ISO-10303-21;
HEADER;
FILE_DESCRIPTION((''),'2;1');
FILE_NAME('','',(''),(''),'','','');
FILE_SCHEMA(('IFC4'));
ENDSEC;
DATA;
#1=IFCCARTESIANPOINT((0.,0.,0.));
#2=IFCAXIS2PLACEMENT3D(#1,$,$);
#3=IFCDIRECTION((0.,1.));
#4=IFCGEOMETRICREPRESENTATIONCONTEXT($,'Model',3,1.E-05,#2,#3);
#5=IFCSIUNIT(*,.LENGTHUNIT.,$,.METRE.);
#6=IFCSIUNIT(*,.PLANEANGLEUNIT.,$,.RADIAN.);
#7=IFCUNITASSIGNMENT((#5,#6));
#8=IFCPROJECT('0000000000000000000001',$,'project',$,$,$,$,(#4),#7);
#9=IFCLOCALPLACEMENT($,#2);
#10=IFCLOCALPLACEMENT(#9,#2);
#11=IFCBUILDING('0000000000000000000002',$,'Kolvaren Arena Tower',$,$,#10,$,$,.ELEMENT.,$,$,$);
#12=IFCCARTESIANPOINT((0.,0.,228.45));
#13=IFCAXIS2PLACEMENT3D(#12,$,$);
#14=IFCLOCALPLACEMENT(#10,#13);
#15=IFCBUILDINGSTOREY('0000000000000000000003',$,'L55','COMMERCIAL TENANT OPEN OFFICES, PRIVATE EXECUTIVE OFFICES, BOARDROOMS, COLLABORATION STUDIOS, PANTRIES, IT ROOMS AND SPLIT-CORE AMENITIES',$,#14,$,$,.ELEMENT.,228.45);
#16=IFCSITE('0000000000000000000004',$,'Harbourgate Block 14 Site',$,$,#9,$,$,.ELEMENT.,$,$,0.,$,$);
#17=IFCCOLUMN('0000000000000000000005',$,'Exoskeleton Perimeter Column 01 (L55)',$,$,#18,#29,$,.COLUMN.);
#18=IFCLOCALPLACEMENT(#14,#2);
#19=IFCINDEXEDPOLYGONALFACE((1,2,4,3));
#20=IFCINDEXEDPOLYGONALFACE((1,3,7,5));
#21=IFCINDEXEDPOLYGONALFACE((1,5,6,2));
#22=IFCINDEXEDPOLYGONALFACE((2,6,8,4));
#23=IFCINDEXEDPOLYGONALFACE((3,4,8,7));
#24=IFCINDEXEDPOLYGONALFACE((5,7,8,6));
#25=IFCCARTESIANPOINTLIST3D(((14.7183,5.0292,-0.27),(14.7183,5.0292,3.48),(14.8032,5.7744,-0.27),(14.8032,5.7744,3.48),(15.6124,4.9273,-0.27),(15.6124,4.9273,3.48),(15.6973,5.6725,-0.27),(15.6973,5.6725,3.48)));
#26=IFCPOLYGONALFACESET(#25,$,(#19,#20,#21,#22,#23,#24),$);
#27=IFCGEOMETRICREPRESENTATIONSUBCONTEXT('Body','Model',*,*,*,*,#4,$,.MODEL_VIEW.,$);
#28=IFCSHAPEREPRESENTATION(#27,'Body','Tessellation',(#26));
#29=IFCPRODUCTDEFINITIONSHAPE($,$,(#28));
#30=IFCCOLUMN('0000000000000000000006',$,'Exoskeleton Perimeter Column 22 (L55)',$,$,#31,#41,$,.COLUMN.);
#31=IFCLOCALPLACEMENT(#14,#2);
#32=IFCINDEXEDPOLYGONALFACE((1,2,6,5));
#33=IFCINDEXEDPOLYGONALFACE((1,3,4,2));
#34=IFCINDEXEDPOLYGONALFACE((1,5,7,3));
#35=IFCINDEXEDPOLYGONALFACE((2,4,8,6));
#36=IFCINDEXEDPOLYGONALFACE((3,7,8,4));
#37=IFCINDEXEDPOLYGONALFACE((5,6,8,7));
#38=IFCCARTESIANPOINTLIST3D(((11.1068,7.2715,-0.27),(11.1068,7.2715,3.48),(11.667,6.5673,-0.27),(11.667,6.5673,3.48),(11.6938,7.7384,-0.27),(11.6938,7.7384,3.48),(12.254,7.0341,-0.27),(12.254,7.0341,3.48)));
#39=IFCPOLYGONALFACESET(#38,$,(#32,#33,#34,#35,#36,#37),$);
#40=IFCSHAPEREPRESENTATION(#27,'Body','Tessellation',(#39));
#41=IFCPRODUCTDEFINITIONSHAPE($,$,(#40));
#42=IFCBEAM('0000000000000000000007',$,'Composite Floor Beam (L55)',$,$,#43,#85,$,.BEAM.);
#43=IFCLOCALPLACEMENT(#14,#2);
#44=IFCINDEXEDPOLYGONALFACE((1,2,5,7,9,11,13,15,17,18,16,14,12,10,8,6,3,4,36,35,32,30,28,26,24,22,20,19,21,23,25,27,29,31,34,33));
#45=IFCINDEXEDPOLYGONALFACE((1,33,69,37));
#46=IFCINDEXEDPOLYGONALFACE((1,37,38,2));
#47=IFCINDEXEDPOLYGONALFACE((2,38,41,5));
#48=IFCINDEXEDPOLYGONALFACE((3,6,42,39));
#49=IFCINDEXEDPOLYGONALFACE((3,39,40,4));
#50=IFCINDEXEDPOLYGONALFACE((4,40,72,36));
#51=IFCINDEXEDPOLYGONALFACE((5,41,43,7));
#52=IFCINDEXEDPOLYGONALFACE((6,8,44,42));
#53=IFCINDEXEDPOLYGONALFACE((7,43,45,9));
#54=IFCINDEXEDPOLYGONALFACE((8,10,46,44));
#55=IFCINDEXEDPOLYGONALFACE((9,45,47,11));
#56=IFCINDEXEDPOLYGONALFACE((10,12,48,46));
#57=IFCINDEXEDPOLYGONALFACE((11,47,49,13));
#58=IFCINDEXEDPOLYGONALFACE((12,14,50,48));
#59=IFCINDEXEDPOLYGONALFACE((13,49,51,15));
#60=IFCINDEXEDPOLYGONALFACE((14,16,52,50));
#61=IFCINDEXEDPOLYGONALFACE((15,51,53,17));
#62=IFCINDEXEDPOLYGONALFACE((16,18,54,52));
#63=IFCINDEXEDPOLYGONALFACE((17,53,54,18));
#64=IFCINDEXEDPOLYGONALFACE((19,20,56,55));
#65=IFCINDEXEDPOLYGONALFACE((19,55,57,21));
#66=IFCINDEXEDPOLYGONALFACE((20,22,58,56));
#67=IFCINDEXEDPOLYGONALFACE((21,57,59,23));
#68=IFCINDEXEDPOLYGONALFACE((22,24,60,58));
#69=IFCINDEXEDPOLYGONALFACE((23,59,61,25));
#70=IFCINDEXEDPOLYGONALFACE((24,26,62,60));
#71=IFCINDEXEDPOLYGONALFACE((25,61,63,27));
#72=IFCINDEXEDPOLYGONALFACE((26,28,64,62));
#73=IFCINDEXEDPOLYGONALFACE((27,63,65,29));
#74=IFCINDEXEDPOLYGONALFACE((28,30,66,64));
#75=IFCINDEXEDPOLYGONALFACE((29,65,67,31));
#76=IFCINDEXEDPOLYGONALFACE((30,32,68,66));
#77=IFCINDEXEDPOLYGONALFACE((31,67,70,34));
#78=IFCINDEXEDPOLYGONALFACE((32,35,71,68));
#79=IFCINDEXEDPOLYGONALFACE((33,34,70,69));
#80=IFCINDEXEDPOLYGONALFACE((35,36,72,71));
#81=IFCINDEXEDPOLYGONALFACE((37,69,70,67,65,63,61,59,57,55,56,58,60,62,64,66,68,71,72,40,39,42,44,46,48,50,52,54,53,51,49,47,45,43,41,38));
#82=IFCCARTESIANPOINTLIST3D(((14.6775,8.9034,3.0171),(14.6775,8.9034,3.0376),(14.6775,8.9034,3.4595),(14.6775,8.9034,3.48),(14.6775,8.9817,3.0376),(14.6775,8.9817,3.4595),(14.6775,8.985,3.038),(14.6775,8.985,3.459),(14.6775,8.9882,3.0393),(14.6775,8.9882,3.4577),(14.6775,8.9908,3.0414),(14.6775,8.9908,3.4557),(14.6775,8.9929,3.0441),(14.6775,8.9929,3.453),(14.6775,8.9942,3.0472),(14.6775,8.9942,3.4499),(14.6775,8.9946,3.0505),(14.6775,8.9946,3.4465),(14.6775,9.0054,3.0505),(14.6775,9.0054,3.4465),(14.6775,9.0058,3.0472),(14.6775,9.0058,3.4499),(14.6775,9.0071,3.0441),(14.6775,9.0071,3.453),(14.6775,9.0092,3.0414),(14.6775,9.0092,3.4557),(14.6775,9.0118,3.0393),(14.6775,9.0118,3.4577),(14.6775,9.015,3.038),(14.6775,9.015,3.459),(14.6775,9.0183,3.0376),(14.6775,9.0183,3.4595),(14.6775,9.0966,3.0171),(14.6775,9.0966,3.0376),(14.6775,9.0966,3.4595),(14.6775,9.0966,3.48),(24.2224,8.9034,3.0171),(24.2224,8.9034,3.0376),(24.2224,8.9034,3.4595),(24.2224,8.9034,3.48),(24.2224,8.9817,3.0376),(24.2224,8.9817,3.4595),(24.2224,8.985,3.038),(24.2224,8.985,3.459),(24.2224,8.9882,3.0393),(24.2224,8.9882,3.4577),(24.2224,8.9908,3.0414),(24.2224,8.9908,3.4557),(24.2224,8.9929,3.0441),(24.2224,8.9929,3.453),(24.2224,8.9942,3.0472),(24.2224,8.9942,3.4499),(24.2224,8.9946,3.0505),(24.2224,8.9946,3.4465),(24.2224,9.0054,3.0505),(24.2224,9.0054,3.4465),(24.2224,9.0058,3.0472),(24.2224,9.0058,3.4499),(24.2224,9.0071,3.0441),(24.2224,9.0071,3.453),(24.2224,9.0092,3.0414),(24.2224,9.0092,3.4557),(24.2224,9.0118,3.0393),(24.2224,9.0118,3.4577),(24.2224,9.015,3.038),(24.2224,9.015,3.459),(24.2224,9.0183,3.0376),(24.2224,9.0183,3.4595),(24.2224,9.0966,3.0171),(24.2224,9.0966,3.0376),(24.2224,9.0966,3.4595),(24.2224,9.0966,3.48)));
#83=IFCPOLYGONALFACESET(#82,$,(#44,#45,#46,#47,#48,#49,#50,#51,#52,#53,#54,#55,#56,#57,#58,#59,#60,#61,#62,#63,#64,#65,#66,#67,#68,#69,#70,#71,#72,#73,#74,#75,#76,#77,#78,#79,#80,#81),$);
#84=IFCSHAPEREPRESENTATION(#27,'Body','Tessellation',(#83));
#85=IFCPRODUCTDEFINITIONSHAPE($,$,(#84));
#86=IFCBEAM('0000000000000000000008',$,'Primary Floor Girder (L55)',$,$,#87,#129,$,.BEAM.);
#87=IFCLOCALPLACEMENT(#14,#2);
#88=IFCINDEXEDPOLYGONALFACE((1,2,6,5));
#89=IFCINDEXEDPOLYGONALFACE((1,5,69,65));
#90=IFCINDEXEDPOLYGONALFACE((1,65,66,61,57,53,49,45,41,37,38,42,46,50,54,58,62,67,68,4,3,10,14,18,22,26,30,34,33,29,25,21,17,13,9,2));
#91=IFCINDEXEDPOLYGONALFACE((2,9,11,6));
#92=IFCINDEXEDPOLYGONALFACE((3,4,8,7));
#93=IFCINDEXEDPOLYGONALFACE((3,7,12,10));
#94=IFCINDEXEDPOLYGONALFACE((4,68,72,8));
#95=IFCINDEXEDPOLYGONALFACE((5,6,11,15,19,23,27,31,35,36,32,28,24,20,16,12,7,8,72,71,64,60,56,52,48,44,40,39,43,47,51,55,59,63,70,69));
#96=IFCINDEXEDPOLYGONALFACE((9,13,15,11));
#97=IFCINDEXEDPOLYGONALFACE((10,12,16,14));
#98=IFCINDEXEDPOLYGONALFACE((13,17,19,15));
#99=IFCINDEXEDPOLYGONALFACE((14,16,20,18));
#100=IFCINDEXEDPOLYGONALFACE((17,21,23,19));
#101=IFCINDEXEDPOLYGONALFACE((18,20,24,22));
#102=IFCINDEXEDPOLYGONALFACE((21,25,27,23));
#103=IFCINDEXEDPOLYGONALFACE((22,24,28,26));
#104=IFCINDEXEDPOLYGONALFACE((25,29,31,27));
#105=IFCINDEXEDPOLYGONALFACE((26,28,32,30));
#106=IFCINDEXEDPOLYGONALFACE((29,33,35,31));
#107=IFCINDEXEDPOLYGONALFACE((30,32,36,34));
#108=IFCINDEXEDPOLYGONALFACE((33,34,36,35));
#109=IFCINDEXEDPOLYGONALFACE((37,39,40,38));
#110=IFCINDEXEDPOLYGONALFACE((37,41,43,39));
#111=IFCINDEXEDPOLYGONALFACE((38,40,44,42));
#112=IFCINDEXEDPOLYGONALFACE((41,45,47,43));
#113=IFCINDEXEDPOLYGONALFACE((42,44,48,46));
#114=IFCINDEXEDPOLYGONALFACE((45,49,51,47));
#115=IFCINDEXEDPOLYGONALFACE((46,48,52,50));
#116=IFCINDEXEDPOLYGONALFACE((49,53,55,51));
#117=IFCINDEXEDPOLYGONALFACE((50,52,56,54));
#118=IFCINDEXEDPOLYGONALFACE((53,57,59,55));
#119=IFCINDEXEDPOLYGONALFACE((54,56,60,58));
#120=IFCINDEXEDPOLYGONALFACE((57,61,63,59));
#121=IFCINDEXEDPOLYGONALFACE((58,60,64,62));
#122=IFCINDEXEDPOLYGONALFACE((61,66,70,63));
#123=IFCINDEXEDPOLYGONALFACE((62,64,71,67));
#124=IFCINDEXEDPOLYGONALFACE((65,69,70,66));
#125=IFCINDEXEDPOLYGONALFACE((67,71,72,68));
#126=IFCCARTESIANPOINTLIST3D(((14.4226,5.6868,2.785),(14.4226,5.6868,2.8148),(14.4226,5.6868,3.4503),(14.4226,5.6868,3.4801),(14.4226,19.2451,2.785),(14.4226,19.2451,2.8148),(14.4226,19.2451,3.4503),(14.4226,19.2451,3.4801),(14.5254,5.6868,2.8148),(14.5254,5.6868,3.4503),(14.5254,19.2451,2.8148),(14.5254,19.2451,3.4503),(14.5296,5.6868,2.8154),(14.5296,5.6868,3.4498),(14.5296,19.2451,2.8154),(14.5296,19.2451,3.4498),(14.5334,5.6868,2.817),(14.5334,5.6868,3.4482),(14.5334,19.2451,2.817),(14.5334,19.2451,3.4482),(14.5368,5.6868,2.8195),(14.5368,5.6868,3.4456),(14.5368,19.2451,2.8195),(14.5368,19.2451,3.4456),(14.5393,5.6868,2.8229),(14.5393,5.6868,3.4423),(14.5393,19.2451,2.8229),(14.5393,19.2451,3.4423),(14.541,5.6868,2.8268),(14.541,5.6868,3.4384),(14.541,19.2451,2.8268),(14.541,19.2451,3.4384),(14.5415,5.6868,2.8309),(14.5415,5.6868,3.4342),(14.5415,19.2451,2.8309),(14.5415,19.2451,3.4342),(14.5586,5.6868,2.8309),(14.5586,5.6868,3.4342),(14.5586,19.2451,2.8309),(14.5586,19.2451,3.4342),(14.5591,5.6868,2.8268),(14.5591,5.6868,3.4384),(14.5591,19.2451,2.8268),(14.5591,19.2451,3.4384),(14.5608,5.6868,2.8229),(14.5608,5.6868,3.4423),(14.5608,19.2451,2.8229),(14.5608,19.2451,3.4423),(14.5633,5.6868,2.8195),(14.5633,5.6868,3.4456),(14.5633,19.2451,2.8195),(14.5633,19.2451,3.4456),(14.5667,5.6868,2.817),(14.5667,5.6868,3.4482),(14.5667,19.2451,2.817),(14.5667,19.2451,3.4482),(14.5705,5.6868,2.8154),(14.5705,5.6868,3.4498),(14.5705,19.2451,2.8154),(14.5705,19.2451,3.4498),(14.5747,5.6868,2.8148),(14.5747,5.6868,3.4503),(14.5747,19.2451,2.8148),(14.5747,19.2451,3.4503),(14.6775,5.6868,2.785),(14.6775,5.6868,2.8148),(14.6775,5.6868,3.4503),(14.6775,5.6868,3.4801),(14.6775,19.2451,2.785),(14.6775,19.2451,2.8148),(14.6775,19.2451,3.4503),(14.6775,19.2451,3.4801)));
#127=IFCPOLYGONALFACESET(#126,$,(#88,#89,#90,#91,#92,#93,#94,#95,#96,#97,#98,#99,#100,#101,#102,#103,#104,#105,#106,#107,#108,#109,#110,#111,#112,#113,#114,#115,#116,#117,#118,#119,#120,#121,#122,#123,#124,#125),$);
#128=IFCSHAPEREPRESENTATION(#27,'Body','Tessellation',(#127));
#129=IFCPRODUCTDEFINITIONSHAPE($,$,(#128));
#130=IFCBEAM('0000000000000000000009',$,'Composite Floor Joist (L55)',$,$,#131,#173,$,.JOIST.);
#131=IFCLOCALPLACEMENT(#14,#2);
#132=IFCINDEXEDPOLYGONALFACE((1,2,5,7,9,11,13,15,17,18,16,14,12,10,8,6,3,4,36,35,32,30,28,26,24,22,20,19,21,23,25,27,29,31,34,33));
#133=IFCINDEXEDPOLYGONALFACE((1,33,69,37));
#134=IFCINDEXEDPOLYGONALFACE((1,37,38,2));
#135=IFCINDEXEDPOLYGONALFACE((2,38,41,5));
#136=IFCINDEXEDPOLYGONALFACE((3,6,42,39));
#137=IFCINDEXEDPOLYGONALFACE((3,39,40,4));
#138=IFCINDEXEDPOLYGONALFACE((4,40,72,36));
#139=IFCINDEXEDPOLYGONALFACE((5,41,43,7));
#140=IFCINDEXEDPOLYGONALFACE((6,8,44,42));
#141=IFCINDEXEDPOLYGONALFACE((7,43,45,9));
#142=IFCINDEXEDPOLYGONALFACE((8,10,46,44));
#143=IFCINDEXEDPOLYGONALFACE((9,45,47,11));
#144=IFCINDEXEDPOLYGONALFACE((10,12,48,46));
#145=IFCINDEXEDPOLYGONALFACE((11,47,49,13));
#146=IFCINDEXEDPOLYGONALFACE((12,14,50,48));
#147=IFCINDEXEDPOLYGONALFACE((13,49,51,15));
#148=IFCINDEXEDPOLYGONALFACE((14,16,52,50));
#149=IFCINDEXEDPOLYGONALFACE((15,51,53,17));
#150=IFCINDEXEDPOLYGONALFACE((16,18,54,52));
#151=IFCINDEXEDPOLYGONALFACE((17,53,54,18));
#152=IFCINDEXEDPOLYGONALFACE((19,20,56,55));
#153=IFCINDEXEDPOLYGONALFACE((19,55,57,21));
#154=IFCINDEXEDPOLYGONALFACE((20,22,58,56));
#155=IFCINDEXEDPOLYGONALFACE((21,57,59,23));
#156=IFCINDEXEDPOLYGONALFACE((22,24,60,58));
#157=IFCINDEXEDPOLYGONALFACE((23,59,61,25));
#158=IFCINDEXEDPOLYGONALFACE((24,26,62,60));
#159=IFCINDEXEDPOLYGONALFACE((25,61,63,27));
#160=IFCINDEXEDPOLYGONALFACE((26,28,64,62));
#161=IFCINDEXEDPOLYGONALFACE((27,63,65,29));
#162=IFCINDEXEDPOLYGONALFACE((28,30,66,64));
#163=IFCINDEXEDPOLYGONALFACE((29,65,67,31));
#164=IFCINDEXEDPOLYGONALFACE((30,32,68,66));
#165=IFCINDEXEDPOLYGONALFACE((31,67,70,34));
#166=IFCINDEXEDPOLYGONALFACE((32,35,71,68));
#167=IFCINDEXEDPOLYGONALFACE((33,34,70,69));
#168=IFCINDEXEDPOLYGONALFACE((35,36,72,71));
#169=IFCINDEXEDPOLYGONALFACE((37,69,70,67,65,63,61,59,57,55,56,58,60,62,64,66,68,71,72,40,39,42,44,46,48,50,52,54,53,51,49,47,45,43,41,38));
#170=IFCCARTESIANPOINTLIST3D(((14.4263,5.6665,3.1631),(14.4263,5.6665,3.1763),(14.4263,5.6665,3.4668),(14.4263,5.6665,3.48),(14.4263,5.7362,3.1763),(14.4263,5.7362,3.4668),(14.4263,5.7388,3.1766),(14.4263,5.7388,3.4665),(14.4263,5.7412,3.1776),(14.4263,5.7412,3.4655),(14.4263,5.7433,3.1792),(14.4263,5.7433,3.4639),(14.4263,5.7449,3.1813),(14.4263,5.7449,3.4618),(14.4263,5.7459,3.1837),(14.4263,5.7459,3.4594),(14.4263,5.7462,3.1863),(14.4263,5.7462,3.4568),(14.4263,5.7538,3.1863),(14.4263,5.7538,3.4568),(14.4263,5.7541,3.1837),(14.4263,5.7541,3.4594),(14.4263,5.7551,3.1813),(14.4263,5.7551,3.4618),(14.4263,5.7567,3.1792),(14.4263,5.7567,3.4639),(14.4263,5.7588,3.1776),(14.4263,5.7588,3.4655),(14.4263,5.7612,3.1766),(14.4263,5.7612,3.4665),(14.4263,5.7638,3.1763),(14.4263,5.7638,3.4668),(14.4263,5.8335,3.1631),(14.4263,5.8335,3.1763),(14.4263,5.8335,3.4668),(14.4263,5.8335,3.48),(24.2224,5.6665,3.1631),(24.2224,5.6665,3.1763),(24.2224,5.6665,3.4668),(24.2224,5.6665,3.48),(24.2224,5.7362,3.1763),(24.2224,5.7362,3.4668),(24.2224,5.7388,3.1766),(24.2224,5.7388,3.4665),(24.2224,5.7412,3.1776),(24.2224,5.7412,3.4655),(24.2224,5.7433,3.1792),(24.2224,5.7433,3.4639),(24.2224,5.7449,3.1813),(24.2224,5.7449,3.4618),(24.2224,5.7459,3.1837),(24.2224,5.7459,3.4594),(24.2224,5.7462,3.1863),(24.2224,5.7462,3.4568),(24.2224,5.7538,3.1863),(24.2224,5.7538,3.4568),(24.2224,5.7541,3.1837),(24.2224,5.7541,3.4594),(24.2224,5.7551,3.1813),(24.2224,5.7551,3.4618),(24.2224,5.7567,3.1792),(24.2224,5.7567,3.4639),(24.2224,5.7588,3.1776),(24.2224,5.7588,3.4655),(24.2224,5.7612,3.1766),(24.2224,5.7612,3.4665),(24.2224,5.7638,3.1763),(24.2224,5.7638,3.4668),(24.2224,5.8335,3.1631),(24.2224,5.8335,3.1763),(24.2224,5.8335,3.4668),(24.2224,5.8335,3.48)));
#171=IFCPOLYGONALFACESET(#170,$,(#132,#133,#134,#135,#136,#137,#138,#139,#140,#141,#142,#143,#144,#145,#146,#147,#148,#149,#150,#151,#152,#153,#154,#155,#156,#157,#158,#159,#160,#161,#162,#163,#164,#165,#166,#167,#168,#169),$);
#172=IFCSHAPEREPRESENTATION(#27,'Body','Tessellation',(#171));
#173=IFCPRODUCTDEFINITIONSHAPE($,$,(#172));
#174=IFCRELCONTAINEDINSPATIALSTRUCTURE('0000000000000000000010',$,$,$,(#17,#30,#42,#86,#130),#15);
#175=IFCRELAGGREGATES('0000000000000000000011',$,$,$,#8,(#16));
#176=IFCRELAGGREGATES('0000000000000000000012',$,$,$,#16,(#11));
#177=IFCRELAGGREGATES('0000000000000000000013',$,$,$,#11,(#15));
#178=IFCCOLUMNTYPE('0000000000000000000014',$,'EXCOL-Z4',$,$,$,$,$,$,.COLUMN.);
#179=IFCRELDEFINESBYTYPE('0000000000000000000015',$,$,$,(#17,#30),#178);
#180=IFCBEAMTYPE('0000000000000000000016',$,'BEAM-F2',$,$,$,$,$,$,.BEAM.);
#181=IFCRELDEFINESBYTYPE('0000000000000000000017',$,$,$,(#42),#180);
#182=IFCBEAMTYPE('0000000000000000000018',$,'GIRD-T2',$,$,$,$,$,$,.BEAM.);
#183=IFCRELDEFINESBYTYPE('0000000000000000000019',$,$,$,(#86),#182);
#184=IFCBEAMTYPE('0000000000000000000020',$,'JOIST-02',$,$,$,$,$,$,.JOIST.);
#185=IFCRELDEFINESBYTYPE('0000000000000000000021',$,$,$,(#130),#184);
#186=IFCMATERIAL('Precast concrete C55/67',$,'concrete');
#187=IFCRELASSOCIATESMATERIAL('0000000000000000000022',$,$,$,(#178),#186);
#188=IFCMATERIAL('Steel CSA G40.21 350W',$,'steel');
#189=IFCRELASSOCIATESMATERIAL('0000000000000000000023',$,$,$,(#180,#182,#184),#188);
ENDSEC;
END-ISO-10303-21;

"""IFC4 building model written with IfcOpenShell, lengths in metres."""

from ifc_helpers import new_model, si_unit, direction, frame, origin, origin_2d, place, context, subcontext, project, spatial, rectangle, i_section, extrude, material, material_profile, profile_set, type_object, element, save


model = new_model("IFC4")

# Units and contexts
model_context = context("Model", 3, precision=1e-05, world=origin(), true_north=direction((0.0, 1.0)))
body_context = subcontext(model_context, "Body", "Model", "MODEL_VIEW")
ifc_project = project(units=[si_unit("LENGTHUNIT", "METRE"), si_unit("PLANEANGLEUNIT", "RADIAN")], contexts=[model_context])

# Site, building, storey
site_placement = place(None, origin())
site = spatial("IfcSite", under=ifc_project, at=site_placement, Name="Harbourgate Block 14 Site", CompositionType="ELEMENT", RefElevation=0.0)
building_placement = place(site_placement, origin())
building = spatial("IfcBuilding", under=site, at=building_placement, Name="Kolvaren Arena Tower", CompositionType="ELEMENT")
storey_placement = place(building_placement, frame((0.0, 0.0, 228.45)))
storey = spatial("IfcBuildingStorey", under=building, at=storey_placement, Name="L55", Description="COMMERCIAL TENANT OPEN OFFICES, PRIVATE EXECUTIVE OFFICES, BOARDROOMS, COLLABORATION STUDIOS, PANTRIES, IT ROOMS AND SPLIT-CORE AMENITIES", CompositionType="ELEMENT", Elevation=228.45)

# Columns
ifc_material_1 = material(Name="Precast concrete C55/67", Category="concrete")
ifc_material_profile_1 = material_profile(ifc_material_1, rectangle(XDim=0.8999, YDim=0.75, at=origin_2d()), Name="RC-900x750")
ifc_profile_set_1 = profile_set([ifc_material_profile_1], Name="Precast concrete C55/67")
column_type = type_object("IfcColumnType", Name="EXCOL-Z4", PredefinedType="COLUMN", material=ifc_profile_set_1)
for number, where, z_axis, x_axis, name in (
    (1, (15.2078, 5.3508, -0.27), (0.0, 0.0, 1.0), (0.993572, -0.113203, 0.0), "Exoskeleton Perimeter Column 01 (L55)"),
    (2, (11.6804, 7.1528, -0.27), (0.0, 0.0, 1.0), (-0.622515, 0.782608, 0.0), "Exoskeleton Perimeter Column 22 (L55)"),
):
    element("IfcColumn", number, at=place(storey_placement, frame(where, z_axis=z_axis, x_axis=x_axis)), inside=storey, type_object=column_type, Name=name, PredefinedType="COLUMN", context=body_context, shape_type="SweptSolid", body=[
        extrude(rectangle(XDim=0.8999, YDim=0.75, at=origin_2d()), origin(), (0.0, 0.0, 1.0), 3.75),
    ])

# Beams
ifc_material_2 = material(Name="Steel CSA G40.21 350W", Category="steel")
ifc_material_profile_2 = material_profile(ifc_material_2, i_section(OverallWidth=0.1931, OverallDepth=0.4629, WebThickness=0.0107, FlangeThickness=0.0205, FilletRadius=0.0129, at=origin_2d()), Name="W460x113")
ifc_profile_set_2 = profile_set([ifc_material_profile_2], Name="Steel CSA G40.21 350W")
beam_type_1 = type_object("IfcBeamType", Name="BEAM-F2", PredefinedType="BEAM", material=ifc_profile_set_2)
beam_1_placement = place(storey_placement, frame((14.6775, 9.0, 3.2485), z_axis=(1.0, 0.0, 0.0), x_axis=(0.0, 1.0, 0.0)))
element("IfcBeam", 3, at=beam_1_placement, inside=storey, type_object=beam_type_1, Name="Composite Floor Beam (L55)", PredefinedType="BEAM", context=body_context, shape_type="SweptSolid", body=[
    extrude(i_section(OverallWidth=0.1931, OverallDepth=0.4629, WebThickness=0.0107, FlangeThickness=0.0205, FilletRadius=0.0129, at=origin_2d()), origin(), (0.0, 0.0, 1.0), 9.5449),
])
ifc_material_profile_3 = material_profile(ifc_material_2, i_section(OverallWidth=0.2549, OverallDepth=0.6951, WebThickness=0.0171, FlangeThickness=0.0298, FilletRadius=0.0161, at=origin_2d()), Name="W690x217")
ifc_profile_set_3 = profile_set([ifc_material_profile_3], Name="Steel CSA G40.21 350W")
beam_type_2 = type_object("IfcBeamType", Name="GIRD-T2", PredefinedType="BEAM", material=ifc_profile_set_3)
beam_2_placement = place(storey_placement, frame((14.55, 5.6868, 3.1326), z_axis=(0.0, 1.0, 0.0), x_axis=(-1.0, 0.0, 0.0)))
element("IfcBeam", 4, at=beam_2_placement, inside=storey, type_object=beam_type_2, Name="Primary Floor Girder (L55)", PredefinedType="BEAM", context=body_context, shape_type="SweptSolid", body=[
    extrude(i_section(OverallWidth=0.2549, OverallDepth=0.6951, WebThickness=0.0171, FlangeThickness=0.0298, FilletRadius=0.0161, at=origin_2d()), origin(), (0.0, 0.0, 1.0), 13.5583),
])
ifc_material_profile_4 = material_profile(ifc_material_2, i_section(OverallWidth=0.167, OverallDepth=0.3169, WebThickness=0.0076, FlangeThickness=0.0132, FilletRadius=0.01, at=origin_2d()), Name="W310x52")
ifc_profile_set_4 = profile_set([ifc_material_profile_4], Name="Steel CSA G40.21 350W")
beam_type_3 = type_object("IfcBeamType", Name="JOIST-02", PredefinedType="JOIST", material=ifc_profile_set_4)
beam_3_placement = place(storey_placement, frame((14.4263, 5.75, 3.3215), z_axis=(1.0, 0.0, 0.0), x_axis=(0.0, 1.0, 0.0)))
element("IfcBeam", 5, at=beam_3_placement, inside=storey, type_object=beam_type_3, Name="Composite Floor Joist (L55)", PredefinedType="JOIST", context=body_context, shape_type="SweptSolid", body=[
    extrude(i_section(OverallWidth=0.167, OverallDepth=0.3169, WebThickness=0.0076, FlangeThickness=0.0132, FilletRadius=0.01, at=origin_2d()), origin(), (0.0, 0.0, 1.0), 9.7961),
])

save(model, "model.ifc")
